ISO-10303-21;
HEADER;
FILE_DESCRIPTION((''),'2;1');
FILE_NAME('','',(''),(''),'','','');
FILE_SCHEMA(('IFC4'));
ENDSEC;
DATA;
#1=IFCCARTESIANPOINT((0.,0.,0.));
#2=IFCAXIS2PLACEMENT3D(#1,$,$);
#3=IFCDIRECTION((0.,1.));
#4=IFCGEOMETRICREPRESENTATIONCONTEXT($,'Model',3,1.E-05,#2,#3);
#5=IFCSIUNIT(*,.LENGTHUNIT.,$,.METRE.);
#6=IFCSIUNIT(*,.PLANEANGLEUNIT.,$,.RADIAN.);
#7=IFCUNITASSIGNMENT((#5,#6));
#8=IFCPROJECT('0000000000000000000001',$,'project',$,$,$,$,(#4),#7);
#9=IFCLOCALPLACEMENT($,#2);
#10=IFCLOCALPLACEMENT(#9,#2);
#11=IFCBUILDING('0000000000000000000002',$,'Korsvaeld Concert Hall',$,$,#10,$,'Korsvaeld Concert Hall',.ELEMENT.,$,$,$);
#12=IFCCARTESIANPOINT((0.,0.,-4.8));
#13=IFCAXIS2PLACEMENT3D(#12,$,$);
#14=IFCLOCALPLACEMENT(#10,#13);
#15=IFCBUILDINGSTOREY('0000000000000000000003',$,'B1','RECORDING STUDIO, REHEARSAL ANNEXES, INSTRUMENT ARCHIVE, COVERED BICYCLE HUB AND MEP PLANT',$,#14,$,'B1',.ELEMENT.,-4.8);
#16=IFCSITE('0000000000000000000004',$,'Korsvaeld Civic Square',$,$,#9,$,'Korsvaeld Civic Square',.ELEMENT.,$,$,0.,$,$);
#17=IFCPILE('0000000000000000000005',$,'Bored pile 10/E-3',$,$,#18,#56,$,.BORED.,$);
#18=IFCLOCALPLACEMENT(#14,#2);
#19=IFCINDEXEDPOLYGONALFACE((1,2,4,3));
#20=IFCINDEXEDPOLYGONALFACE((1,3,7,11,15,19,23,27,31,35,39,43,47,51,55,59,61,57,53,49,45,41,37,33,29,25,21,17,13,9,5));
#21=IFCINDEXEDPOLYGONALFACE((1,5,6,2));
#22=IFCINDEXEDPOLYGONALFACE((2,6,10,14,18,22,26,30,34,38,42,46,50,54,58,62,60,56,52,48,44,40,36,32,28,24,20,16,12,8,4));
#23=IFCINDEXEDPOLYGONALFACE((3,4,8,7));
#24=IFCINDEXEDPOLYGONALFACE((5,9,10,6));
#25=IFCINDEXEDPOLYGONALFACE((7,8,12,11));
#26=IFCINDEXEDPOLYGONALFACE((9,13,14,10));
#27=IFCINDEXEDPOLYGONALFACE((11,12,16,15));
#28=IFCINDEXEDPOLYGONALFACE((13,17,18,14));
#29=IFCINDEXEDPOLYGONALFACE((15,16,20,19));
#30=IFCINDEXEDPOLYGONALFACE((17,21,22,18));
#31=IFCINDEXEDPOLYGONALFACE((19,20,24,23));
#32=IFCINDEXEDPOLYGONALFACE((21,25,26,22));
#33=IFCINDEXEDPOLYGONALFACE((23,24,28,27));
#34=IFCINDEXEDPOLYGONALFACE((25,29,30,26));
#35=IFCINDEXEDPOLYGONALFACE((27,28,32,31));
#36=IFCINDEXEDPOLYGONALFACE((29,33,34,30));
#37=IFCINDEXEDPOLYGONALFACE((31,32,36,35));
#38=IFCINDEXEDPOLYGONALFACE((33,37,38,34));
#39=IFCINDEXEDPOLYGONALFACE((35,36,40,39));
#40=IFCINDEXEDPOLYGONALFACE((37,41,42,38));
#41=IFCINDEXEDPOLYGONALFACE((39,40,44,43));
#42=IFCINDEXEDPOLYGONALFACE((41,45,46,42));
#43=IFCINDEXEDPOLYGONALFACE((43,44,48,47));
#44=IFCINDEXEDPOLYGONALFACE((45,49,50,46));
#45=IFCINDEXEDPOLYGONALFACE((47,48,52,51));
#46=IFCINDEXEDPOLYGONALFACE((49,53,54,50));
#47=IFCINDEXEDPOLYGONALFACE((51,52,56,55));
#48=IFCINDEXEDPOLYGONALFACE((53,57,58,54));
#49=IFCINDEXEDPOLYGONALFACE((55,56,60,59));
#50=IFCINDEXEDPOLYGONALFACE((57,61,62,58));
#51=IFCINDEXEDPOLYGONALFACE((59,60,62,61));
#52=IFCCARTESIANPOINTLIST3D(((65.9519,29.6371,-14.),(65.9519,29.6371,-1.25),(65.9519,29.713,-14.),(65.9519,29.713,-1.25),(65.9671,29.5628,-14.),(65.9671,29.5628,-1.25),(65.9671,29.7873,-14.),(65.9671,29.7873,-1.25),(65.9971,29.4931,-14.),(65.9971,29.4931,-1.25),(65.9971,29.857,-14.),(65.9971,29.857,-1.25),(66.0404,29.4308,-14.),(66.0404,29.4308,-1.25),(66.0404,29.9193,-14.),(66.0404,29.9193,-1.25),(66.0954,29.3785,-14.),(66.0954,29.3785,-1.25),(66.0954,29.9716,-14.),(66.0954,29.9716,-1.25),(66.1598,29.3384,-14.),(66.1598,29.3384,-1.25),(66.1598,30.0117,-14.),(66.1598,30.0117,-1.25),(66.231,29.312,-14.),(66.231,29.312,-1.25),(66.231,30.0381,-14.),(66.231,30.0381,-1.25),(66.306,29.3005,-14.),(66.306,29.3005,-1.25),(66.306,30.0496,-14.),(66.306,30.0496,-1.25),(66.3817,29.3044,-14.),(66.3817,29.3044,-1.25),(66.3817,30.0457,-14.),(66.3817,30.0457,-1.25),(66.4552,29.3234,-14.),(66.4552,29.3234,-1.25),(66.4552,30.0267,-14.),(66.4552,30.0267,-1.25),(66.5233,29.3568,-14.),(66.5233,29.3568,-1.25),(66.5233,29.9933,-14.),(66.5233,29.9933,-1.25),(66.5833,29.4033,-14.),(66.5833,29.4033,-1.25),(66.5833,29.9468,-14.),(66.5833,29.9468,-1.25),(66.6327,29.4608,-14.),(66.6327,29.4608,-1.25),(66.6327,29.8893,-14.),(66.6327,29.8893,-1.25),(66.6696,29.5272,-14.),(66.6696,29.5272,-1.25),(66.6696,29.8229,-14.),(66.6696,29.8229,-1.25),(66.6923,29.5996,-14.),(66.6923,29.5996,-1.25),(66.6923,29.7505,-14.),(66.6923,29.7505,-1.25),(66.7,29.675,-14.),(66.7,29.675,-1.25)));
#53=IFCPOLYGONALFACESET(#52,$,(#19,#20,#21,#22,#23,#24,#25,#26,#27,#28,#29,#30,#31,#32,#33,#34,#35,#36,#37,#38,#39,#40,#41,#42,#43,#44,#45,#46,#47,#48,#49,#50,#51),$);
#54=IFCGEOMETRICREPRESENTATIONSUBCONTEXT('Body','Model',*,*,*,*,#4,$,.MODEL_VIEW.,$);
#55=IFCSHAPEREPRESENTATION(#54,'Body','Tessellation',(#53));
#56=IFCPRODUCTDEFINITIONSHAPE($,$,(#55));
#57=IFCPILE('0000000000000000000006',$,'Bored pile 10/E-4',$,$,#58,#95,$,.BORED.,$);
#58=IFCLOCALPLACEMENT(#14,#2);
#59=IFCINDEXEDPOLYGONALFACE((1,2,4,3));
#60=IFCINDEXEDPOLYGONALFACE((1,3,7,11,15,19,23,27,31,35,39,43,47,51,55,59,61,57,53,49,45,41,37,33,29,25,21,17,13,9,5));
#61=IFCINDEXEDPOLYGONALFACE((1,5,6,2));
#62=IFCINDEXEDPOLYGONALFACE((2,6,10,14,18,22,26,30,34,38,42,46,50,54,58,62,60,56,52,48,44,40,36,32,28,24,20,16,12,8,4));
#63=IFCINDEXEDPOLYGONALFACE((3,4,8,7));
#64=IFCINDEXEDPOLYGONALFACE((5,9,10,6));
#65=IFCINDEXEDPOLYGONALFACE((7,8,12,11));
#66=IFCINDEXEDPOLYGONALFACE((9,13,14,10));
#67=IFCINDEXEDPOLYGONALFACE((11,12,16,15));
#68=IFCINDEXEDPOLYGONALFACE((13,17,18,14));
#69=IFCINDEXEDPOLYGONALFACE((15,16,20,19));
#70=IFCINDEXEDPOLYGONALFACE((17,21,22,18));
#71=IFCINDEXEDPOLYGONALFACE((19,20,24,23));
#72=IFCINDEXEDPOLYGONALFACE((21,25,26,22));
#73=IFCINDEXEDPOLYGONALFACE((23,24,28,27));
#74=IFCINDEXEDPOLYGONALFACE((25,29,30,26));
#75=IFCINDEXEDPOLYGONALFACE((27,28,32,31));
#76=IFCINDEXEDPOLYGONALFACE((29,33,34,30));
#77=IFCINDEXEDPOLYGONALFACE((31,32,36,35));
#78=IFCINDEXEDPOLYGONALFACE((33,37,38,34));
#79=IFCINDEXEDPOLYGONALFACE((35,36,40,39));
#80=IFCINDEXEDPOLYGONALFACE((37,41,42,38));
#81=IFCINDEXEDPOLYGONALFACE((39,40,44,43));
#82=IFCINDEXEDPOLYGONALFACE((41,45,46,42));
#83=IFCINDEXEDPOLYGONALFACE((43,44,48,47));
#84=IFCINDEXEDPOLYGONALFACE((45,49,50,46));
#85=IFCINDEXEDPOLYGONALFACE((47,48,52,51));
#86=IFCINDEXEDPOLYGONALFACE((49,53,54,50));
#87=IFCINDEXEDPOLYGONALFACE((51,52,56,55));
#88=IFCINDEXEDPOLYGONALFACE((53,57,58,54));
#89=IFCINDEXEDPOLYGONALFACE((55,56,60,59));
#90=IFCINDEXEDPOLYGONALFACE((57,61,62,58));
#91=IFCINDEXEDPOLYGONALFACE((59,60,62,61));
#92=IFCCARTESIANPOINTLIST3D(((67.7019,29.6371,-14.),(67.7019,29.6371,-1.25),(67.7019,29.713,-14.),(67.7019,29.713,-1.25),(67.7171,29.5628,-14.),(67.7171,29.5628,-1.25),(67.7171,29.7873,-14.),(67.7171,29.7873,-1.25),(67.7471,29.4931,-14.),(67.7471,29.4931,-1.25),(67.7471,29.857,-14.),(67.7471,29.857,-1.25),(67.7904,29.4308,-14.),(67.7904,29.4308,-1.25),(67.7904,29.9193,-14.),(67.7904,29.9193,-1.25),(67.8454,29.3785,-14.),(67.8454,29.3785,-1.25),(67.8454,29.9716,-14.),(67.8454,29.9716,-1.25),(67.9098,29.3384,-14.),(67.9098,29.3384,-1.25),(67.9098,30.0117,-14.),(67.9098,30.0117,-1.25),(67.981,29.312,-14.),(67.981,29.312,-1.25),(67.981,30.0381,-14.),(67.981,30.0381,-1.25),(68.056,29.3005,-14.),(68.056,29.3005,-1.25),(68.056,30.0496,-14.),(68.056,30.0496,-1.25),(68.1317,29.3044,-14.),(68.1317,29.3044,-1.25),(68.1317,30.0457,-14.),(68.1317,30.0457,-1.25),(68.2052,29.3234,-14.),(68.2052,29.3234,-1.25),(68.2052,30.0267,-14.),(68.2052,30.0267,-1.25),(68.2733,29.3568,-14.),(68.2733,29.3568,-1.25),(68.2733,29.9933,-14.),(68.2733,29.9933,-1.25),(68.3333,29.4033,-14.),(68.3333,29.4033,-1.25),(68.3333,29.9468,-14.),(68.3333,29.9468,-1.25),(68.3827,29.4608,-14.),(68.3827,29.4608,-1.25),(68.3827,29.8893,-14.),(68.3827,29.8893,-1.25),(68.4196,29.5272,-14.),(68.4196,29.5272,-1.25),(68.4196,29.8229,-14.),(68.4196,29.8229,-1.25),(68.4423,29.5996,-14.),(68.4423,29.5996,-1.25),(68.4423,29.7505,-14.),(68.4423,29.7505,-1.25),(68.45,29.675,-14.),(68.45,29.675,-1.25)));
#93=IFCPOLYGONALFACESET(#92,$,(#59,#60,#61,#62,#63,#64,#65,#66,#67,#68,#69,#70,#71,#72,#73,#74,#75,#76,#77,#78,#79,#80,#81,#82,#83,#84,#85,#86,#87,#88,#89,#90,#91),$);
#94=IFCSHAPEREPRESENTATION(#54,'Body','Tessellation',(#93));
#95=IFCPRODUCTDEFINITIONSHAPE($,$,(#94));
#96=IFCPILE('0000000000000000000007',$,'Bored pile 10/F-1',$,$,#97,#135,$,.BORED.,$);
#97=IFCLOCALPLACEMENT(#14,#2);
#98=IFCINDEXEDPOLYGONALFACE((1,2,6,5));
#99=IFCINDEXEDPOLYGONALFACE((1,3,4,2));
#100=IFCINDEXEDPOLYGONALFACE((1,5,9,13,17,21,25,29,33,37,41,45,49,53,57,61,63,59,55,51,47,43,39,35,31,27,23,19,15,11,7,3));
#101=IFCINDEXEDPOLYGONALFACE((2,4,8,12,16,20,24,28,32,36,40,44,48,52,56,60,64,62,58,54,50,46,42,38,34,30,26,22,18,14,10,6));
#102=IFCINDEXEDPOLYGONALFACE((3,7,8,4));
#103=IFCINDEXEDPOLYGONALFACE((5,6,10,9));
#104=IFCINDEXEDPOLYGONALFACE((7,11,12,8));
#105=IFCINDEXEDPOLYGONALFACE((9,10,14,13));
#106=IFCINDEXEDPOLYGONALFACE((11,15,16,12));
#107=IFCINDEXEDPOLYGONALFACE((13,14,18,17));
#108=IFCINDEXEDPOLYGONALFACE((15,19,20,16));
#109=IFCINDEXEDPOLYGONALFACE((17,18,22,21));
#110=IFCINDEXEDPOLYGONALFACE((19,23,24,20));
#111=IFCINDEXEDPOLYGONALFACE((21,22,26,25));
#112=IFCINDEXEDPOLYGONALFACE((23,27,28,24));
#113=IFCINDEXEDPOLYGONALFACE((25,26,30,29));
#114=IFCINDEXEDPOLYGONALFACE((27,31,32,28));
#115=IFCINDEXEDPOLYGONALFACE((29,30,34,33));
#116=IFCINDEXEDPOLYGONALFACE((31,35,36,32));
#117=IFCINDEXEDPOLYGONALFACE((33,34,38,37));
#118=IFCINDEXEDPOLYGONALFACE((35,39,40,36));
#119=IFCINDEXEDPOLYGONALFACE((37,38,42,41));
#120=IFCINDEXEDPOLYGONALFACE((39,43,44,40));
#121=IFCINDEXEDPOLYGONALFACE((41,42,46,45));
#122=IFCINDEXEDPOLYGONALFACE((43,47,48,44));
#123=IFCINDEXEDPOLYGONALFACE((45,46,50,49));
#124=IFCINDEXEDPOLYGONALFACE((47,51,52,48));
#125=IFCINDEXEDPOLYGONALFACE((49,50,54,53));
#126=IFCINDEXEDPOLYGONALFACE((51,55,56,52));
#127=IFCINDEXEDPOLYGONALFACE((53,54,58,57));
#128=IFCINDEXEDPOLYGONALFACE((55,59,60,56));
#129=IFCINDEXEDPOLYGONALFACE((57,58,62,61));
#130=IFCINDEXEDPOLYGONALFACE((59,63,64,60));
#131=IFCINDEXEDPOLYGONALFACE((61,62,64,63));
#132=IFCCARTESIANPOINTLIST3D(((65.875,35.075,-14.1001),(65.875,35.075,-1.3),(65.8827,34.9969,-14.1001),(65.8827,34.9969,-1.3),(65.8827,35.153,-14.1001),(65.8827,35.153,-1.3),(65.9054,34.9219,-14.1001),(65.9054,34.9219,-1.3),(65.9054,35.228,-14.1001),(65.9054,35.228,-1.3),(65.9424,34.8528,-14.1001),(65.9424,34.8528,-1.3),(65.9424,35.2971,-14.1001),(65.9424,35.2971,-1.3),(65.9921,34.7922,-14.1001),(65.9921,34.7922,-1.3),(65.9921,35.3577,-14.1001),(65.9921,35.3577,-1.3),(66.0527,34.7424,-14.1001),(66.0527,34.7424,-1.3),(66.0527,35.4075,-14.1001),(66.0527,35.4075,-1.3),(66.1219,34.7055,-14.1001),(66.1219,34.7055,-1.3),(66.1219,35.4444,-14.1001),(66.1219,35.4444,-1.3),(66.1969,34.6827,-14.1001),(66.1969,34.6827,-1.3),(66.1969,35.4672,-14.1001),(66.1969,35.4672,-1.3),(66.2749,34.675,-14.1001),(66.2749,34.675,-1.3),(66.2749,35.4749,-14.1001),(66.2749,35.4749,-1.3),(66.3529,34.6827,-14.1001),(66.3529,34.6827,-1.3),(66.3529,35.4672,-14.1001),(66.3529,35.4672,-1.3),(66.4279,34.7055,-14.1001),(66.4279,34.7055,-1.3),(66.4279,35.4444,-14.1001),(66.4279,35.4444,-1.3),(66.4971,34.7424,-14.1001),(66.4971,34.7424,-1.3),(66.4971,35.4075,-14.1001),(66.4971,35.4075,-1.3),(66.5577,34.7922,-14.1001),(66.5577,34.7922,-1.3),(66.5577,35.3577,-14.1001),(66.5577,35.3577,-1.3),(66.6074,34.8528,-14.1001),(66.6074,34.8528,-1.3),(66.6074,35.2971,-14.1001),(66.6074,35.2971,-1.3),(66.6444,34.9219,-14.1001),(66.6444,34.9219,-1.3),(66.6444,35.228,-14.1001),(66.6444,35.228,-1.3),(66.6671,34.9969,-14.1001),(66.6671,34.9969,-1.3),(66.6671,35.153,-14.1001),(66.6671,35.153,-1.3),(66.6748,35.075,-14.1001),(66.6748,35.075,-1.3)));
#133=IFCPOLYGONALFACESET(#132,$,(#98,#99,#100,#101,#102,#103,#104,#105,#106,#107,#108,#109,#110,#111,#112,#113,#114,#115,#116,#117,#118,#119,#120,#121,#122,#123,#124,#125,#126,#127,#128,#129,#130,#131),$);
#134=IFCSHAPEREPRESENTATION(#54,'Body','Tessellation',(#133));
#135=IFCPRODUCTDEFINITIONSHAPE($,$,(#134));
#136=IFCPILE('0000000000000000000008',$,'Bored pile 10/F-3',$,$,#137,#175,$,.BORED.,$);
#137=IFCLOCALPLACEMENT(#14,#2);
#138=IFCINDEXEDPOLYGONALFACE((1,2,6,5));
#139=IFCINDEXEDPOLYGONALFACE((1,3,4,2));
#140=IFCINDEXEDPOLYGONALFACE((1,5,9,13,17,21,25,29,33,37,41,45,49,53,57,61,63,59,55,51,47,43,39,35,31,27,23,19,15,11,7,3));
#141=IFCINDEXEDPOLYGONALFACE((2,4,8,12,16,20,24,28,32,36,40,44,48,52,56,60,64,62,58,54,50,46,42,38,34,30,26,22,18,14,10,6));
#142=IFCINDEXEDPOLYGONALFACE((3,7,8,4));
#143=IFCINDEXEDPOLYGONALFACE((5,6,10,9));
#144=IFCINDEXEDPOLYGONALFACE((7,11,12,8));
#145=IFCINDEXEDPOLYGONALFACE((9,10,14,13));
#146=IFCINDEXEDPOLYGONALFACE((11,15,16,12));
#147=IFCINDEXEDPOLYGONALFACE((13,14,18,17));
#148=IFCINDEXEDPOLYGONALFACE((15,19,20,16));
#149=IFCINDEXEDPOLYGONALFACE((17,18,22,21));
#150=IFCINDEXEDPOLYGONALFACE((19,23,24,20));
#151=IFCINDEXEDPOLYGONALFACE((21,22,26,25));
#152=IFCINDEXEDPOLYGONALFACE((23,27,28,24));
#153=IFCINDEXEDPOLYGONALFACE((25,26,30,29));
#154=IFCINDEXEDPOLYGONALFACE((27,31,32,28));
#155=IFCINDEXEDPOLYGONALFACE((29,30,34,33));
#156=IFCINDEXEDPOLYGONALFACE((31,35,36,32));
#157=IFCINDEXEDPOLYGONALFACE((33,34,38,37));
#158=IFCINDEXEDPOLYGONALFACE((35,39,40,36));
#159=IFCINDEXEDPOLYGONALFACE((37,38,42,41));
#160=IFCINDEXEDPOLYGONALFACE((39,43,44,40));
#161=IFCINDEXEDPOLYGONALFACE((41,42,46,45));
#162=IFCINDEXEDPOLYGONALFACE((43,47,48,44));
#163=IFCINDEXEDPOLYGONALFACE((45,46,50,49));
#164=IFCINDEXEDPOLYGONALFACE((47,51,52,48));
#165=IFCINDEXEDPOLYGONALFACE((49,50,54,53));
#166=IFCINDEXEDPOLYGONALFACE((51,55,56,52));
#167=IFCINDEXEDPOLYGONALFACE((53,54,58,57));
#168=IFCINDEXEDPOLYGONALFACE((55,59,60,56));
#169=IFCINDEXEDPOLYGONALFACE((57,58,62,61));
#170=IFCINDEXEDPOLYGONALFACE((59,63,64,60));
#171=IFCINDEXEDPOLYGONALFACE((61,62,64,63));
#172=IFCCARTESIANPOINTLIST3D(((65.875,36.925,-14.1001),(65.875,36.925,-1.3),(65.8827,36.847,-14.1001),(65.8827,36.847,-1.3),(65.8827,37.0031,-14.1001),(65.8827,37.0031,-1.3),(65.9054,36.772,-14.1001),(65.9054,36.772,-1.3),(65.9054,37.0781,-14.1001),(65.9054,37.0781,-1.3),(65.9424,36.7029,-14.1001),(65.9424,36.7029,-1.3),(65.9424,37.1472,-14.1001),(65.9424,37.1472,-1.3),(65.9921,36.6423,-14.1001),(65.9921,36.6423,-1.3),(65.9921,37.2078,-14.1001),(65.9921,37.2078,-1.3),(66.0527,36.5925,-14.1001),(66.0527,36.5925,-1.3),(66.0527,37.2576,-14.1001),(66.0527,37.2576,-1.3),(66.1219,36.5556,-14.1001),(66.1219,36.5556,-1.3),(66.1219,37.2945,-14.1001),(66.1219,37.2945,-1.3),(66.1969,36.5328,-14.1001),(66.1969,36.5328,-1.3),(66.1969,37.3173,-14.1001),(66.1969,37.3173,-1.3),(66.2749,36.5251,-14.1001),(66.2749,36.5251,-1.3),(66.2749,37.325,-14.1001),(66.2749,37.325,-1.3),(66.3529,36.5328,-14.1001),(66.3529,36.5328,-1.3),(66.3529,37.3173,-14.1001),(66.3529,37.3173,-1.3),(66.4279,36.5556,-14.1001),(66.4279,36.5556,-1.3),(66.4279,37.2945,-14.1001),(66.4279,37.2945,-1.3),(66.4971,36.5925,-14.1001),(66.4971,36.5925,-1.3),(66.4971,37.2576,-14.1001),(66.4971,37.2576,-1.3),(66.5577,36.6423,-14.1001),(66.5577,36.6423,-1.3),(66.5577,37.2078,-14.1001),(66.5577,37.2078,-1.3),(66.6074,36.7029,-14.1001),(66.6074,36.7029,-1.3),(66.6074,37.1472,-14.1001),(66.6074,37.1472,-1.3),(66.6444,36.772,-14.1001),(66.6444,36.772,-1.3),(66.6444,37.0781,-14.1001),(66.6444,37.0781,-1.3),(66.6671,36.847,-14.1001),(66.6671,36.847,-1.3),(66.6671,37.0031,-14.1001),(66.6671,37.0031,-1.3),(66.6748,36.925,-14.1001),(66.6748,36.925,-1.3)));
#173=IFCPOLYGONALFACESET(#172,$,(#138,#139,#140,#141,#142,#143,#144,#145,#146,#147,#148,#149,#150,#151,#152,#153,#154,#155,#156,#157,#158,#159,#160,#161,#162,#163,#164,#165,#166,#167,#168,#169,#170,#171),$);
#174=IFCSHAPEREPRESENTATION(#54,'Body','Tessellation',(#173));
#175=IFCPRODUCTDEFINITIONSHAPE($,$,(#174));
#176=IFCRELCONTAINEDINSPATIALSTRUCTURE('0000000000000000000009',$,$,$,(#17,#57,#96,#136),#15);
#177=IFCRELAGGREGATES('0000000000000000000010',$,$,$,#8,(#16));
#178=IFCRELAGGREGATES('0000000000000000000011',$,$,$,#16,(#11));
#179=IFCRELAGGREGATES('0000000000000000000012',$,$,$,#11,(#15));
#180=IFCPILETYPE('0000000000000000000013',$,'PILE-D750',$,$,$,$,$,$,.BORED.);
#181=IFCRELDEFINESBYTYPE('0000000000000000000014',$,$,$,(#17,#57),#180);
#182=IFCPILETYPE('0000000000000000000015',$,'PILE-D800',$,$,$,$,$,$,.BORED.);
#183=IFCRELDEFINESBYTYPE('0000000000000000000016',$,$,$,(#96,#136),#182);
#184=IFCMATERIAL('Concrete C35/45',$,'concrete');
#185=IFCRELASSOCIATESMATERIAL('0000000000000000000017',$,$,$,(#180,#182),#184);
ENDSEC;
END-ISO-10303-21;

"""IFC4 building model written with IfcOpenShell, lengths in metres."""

from ifc_helpers import new_model, si_unit, direction, frame, origin, origin_2d, place, context, subcontext, project, spatial, circle, extrude, material, material_profile, profile_set, type_object, element, save


model = new_model("IFC4")

# Units and contexts
model_context = context("Model", 3, precision=1e-05, world=origin(), true_north=direction((0.0, 1.0)))
body_context = subcontext(model_context, "Body", "Model", "MODEL_VIEW")
ifc_project = project(units=[si_unit("LENGTHUNIT", "METRE"), si_unit("PLANEANGLEUNIT", "RADIAN")], contexts=[model_context])

# Site, building, storey
site_placement = place(None, origin())
site = spatial("IfcSite", under=ifc_project, at=site_placement, Name="Korsvaeld Civic Square", LongName="Korsvaeld Civic Square", CompositionType="ELEMENT", RefElevation=0.0)
building_placement = place(site_placement, origin())
building = spatial("IfcBuilding", under=site, at=building_placement, Name="Korsvaeld Concert Hall", LongName="Korsvaeld Concert Hall", CompositionType="ELEMENT")
storey_placement = place(building_placement, frame((0.0, 0.0, -4.8)))
storey = spatial("IfcBuildingStorey", under=building, at=storey_placement, Name="B1", Description="RECORDING STUDIO, REHEARSAL ANNEXES, INSTRUMENT ARCHIVE, COVERED BICYCLE HUB AND MEP PLANT", LongName="B1", CompositionType="ELEMENT", Elevation=-4.8)

# Shared definitions
ifc_material_1 = material(Name="Concrete C35/45", Category="concrete")

# Piles
ifc_material_profile_1 = material_profile(ifc_material_1, circle(Radius=0.375, at=origin_2d()), Name="BORED PILE D750")
ifc_profile_set_1 = profile_set([ifc_material_profile_1], Name="Concrete C35/45")
pile_type_1 = type_object("IfcPileType", Name="PILE-D750", PredefinedType="BORED", material=ifc_profile_set_1)
for number, where, z_axis, x_axis, name in (
    (1, (66.325, 29.675, -1.25), (0.0, 0.0, -1.0), (1.0, 0.0, 0.0), "Bored pile 10/E-3"),
    (2, (68.075, 29.675, -1.25), (0.0, 0.0, -1.0), (1.0, 0.0, 0.0), "Bored pile 10/E-4"),
):
    element("IfcPile", number, at=place(storey_placement, frame(where, z_axis=z_axis, x_axis=x_axis)), inside=storey, type_object=pile_type_1, Name=name, PredefinedType="BORED", context=body_context, shape_type="SweptSolid", body=[
        extrude(circle(Radius=0.375, at=origin_2d()), origin(), (0.0, 0.0, 1.0), 12.75),
    ])
ifc_material_profile_2 = material_profile(ifc_material_1, circle(Radius=0.3999, at=origin_2d()), Name="BORED PILE D800")
ifc_profile_set_2 = profile_set([ifc_material_profile_2], Name="Concrete C35/45")
pile_type_2 = type_object("IfcPileType", Name="PILE-D800", PredefinedType="BORED", material=ifc_profile_set_2)
for number, where, z_axis, x_axis, name in (
    (3, (66.2749, 35.075, -1.3), (0.0, 0.0, -1.0), (1.0, 0.0, 0.0), "Bored pile 10/F-1"),
    (4, (66.2749, 36.925, -1.3), (0.0, 0.0, -1.0), (1.0, 0.0, 0.0), "Bored pile 10/F-3"),
):
    element("IfcPile", number, at=place(storey_placement, frame(where, z_axis=z_axis, x_axis=x_axis)), inside=storey, type_object=pile_type_2, Name=name, PredefinedType="BORED", context=body_context, shape_type="SweptSolid", body=[
        extrude(circle(Radius=0.3999, at=origin_2d()), origin(), (0.0, 0.0, 1.0), 12.8),
    ])

save(model, "model.ifc")
